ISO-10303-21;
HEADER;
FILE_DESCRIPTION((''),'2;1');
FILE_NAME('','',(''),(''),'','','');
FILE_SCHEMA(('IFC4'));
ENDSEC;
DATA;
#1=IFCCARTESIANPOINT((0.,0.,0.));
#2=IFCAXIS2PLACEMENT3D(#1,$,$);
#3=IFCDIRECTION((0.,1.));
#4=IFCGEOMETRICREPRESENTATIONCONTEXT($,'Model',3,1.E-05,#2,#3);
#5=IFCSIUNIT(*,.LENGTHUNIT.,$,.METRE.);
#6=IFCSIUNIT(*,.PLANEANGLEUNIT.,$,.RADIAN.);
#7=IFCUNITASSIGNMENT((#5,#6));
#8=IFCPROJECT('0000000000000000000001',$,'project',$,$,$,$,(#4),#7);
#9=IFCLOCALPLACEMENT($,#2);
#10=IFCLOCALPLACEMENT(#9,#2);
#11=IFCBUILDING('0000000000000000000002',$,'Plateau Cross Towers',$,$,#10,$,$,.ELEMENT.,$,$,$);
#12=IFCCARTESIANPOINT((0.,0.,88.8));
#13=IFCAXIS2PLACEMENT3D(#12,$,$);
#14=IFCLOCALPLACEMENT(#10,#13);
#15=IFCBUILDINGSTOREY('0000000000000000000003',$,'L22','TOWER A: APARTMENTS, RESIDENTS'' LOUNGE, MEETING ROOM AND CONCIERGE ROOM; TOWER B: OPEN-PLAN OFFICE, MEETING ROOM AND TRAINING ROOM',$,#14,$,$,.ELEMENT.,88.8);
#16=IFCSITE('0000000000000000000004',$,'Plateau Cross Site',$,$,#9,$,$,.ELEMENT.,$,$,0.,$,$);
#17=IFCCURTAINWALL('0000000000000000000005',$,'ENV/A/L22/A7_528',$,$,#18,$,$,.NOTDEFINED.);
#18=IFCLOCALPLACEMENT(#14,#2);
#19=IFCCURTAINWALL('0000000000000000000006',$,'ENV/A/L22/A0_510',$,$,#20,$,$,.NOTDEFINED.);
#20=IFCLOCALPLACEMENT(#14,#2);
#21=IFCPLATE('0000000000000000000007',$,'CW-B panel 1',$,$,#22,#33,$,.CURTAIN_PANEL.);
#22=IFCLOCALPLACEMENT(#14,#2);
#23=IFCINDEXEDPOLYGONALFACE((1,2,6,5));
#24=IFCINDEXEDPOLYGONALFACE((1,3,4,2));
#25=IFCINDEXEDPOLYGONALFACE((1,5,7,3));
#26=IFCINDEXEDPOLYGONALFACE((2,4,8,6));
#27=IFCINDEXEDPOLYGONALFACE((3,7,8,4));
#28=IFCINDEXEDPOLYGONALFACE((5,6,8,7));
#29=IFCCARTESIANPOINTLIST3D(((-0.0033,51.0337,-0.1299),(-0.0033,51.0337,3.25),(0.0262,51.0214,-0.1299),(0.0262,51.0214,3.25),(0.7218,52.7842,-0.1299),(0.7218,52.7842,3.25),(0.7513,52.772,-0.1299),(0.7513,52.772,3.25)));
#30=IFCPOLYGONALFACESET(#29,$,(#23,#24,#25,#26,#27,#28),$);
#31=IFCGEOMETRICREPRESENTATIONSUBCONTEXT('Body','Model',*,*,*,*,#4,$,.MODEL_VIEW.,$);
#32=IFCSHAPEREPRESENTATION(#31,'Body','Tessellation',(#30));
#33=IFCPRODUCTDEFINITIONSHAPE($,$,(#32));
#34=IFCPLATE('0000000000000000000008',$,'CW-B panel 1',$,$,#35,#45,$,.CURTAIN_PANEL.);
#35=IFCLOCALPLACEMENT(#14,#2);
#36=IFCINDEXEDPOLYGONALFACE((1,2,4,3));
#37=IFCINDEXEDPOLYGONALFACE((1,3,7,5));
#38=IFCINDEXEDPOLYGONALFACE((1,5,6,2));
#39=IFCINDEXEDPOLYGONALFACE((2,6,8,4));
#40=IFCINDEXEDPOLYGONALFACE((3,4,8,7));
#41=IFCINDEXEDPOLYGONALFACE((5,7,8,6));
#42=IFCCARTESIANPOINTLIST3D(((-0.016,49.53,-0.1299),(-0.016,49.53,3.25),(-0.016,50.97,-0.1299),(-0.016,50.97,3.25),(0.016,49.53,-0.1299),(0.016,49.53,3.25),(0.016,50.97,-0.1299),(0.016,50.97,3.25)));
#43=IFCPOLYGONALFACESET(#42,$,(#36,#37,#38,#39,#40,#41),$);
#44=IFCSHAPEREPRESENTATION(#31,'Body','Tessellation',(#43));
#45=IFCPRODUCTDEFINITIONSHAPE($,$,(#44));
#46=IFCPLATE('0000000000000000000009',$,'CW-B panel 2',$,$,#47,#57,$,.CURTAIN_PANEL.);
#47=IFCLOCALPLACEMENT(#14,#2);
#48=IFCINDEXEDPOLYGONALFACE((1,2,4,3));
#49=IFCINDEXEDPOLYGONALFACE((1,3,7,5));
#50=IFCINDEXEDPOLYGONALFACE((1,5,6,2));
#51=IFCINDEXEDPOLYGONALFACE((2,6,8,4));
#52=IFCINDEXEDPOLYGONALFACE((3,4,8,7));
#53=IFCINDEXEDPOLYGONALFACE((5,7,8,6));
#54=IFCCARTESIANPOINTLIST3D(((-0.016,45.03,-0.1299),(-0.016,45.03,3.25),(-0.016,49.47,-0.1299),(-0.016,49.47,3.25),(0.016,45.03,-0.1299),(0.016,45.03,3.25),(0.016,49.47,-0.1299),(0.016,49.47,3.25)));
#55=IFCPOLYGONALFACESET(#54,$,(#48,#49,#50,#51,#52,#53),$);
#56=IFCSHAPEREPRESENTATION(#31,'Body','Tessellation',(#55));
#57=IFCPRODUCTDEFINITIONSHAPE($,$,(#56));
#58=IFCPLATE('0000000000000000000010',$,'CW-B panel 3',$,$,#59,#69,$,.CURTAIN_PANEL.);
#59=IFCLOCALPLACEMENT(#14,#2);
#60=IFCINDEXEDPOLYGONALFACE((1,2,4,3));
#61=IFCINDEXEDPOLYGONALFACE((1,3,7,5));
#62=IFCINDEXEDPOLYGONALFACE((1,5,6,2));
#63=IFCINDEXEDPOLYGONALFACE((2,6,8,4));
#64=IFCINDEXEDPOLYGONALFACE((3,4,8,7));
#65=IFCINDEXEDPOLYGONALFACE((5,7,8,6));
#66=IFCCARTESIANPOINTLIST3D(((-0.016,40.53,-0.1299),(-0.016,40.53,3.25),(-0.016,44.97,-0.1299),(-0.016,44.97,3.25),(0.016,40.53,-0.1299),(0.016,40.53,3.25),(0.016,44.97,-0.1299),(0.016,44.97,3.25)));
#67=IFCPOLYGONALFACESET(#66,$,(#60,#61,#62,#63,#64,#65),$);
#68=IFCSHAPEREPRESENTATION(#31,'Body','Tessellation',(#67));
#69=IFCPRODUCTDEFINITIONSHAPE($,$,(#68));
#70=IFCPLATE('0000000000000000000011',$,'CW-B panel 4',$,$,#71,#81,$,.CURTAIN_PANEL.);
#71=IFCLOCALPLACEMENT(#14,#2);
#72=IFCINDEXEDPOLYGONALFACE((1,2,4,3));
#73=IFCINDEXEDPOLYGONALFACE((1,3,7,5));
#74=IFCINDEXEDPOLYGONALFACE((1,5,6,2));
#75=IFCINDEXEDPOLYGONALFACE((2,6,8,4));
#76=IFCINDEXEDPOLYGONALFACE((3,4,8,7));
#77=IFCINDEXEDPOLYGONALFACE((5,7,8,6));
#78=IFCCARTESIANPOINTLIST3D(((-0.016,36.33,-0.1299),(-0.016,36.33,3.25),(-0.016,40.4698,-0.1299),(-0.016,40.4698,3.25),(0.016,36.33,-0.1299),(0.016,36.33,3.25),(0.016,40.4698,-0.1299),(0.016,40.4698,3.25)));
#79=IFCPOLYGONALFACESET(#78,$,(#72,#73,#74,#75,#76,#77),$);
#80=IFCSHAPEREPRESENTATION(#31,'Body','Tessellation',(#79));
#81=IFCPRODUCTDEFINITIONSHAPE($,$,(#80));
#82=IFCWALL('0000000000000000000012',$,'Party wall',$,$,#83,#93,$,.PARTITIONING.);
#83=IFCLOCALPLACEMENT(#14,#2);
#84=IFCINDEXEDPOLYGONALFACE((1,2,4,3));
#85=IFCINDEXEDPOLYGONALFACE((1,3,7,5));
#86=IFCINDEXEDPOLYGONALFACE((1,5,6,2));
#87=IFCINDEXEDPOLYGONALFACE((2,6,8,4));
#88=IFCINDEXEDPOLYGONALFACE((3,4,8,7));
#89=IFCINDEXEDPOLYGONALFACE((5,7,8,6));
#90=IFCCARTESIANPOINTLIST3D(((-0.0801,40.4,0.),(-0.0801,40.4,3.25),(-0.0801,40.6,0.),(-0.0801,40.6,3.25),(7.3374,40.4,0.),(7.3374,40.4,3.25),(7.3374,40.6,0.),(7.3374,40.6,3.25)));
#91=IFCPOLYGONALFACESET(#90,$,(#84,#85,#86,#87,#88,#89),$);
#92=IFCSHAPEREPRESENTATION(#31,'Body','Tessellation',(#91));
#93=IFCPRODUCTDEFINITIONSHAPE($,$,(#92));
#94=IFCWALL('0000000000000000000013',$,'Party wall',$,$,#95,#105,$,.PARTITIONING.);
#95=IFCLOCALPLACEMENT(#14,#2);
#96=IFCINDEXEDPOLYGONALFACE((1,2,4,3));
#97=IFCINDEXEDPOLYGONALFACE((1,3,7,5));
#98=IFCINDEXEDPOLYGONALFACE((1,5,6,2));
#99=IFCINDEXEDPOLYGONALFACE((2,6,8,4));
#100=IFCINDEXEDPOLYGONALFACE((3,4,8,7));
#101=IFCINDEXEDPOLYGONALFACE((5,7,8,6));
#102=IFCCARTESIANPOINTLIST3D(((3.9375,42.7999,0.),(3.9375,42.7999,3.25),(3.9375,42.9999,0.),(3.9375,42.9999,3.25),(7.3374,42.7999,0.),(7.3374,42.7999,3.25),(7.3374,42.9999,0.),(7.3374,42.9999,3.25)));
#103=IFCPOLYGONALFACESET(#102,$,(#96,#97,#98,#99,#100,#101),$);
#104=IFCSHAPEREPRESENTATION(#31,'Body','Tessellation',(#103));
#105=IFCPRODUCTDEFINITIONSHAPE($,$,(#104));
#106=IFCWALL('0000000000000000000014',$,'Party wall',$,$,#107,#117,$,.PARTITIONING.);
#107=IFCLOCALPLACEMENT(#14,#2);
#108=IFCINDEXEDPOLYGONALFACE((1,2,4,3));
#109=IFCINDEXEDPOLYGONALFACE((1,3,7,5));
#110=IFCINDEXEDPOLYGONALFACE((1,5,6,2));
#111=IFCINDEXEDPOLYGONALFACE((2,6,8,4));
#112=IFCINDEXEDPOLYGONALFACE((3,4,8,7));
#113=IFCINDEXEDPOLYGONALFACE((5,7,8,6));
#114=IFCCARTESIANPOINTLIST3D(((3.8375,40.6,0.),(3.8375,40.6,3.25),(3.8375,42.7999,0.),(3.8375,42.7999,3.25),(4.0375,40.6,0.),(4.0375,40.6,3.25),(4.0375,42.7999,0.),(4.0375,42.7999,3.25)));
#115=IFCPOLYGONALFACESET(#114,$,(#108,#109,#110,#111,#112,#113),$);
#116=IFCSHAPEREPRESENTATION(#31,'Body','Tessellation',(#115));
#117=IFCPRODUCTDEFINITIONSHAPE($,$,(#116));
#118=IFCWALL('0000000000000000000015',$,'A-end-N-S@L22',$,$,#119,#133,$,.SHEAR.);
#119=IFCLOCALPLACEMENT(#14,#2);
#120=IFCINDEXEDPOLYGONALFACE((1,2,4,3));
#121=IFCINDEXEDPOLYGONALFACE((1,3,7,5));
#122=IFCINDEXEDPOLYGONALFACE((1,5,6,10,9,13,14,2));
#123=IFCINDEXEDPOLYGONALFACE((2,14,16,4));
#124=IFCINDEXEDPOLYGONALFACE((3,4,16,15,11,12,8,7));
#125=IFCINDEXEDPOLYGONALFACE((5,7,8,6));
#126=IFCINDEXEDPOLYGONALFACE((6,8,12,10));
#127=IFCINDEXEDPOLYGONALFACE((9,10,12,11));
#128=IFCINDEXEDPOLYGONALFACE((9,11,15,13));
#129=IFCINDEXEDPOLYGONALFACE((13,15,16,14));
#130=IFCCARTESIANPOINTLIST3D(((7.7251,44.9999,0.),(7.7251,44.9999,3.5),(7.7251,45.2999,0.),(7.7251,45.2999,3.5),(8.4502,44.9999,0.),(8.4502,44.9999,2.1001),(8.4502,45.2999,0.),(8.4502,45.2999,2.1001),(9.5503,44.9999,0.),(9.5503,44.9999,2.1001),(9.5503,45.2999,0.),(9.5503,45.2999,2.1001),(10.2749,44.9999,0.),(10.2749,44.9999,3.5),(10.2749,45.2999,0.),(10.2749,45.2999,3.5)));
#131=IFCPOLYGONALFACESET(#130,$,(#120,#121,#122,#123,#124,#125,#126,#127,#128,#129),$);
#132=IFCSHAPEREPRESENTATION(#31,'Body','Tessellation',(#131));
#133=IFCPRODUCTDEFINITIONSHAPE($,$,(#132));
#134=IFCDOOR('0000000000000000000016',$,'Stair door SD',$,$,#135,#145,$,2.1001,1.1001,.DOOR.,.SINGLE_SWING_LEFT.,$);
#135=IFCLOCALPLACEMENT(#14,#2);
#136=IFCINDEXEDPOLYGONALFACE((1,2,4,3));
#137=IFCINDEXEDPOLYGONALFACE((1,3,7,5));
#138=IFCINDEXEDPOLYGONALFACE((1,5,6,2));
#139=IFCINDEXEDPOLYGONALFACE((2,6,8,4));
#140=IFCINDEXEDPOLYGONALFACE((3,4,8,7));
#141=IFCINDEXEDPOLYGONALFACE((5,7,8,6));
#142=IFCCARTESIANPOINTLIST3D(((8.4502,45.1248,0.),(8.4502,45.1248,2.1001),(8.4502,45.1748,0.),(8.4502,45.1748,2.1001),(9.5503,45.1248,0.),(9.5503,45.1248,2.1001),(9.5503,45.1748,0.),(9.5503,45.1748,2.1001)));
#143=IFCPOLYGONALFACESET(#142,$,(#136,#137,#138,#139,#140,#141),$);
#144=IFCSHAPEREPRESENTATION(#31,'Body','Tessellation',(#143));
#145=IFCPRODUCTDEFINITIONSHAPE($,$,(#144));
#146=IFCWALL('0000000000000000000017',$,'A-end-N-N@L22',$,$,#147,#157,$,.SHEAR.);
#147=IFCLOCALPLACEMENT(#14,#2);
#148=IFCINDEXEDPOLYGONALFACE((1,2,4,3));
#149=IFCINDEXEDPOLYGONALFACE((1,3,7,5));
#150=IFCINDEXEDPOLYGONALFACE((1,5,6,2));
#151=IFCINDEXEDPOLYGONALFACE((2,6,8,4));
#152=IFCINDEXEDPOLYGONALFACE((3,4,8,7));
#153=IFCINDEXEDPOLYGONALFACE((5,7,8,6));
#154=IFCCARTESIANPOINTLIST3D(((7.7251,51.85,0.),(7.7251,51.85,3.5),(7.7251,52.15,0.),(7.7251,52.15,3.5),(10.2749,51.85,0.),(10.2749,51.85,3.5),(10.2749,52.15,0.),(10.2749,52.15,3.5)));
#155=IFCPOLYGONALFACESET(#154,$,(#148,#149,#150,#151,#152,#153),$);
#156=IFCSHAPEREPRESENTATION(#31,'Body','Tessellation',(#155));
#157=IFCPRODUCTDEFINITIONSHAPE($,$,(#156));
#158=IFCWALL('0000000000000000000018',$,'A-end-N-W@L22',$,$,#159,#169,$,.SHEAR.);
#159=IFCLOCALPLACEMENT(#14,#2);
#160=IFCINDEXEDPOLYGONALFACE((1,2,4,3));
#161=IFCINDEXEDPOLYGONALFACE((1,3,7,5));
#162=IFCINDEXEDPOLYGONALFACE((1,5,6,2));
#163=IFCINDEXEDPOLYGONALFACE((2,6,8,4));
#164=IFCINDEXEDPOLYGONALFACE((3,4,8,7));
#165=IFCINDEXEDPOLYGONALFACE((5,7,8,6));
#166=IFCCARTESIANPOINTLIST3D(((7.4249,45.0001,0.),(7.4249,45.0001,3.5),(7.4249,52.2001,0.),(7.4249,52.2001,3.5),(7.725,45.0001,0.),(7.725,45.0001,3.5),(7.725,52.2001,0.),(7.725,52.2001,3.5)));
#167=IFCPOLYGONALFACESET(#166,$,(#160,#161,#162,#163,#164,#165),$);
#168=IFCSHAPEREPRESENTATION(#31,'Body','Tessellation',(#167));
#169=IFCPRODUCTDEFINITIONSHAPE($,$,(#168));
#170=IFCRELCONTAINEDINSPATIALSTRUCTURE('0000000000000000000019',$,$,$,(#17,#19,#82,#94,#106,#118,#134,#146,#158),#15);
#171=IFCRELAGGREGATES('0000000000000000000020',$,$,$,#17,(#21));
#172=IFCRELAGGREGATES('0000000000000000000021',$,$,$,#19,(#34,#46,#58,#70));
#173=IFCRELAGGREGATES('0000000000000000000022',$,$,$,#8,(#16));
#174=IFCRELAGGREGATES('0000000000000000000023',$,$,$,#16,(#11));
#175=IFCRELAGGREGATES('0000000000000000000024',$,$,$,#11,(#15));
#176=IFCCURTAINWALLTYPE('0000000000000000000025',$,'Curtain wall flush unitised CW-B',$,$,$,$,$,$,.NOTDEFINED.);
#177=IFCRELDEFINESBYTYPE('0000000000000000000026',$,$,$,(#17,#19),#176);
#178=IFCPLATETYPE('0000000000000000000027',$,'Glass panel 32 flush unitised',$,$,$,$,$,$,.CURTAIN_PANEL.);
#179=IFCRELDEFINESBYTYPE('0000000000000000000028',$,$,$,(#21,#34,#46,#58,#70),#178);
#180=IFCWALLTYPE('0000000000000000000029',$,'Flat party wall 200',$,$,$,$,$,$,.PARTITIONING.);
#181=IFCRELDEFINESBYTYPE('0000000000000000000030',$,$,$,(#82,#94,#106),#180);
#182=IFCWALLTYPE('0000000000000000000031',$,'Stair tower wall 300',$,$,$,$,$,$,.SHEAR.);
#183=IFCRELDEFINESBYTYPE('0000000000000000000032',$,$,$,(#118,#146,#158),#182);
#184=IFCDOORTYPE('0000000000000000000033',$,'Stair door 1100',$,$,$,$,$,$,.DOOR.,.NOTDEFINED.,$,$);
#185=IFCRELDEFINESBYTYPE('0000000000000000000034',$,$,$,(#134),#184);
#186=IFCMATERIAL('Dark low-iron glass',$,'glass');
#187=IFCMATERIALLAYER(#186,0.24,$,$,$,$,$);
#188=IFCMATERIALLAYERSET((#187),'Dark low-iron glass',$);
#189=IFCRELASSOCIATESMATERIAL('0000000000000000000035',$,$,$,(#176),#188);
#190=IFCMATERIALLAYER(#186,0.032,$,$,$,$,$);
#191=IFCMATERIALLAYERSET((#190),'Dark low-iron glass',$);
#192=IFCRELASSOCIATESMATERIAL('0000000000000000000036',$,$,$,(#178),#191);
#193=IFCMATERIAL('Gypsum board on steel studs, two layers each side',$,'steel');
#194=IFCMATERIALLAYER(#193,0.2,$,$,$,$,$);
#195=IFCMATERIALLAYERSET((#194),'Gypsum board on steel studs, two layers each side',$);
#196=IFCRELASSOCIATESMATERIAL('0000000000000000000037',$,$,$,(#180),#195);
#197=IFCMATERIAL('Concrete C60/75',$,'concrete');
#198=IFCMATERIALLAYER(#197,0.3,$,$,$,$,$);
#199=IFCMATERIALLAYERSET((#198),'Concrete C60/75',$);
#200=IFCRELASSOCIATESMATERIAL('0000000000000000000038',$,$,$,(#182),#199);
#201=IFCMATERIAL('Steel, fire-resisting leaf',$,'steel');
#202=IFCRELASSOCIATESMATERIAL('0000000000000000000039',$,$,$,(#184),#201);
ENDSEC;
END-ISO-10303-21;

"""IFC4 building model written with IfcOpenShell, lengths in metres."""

from ifc_helpers import new_model, si_unit, direction, frame, frame_2d, origin, origin_2d, place, context, subcontext, project, spatial, rectangle, extrude, material, layer, layer_set, type_object, element, fill, aggregate, save


model = new_model("IFC4")

# Units and contexts
model_context = context("Model", 3, precision=1e-05, world=origin(), true_north=direction((0.0, 1.0)))
body_context = subcontext(model_context, "Body", "Model", "MODEL_VIEW")
ifc_project = project(units=[si_unit("LENGTHUNIT", "METRE"), si_unit("PLANEANGLEUNIT", "RADIAN")], contexts=[model_context])

# Site, building, storey
site_placement = place(None, origin())
site = spatial("IfcSite", under=ifc_project, at=site_placement, Name="Plateau Cross Site", CompositionType="ELEMENT", RefElevation=0.0)
building_placement = place(site_placement, origin())
building = spatial("IfcBuilding", under=site, at=building_placement, Name="Plateau Cross Towers", CompositionType="ELEMENT")
storey_placement = place(building_placement, frame((0.0, 0.0, 88.8)))
storey = spatial("IfcBuildingStorey", under=building, at=storey_placement, Name="L22", Description="TOWER A: APARTMENTS, RESIDENTS' LOUNGE, MEETING ROOM AND CONCIERGE ROOM; TOWER B: OPEN-PLAN OFFICE, MEETING ROOM AND TRAINING ROOM", CompositionType="ELEMENT", Elevation=88.8)

# Shared definitions
ifc_material_1 = material(Name="Concrete C60/75", Category="concrete")

# Shared definitions
ifc_material_2 = material(Name="Dark low-iron glass", Category="glass")
ifc_layer_1 = layer(ifc_material_2, 0.24)
ifc_layer_set_1 = layer_set([ifc_layer_1], Name="Dark low-iron glass")
curtain_wall_type = type_object("IfcCurtainWallType", Name="Curtain wall flush unitised CW-B", PredefinedType="NOTDEFINED", material=ifc_layer_set_1)

# Curtain wall
curtain_wall_1_placement = place(storey_placement, origin())
curtain_wall_1 = element("IfcCurtainWall", 1, at=curtain_wall_1_placement, inside=storey, type_object=curtain_wall_type, Name="ENV/A/L22/A7_528", PredefinedType="NOTDEFINED")

# Curtain wall
curtain_wall_2_placement = place(storey_placement, origin())
curtain_wall_2 = element("IfcCurtainWall", 2, at=curtain_wall_2_placement, inside=storey, type_object=curtain_wall_type, Name="ENV/A/L22/A0_510", PredefinedType="NOTDEFINED")

# Plates
ifc_layer_2 = layer(ifc_material_2, 0.032)
ifc_layer_set_2 = layer_set([ifc_layer_2], Name="Dark low-iron glass")
plate_type = type_object("IfcPlateType", Name="Glass panel 32 flush unitised", PredefinedType="CURTAIN_PANEL", material=ifc_layer_set_2)
plate_1_placement = place(storey_placement, frame((0.374, 51.9028, -0.1299), z_axis=(0.0, 0.0, 1.0), x_axis=(-0.382684, -0.923879, 0.0)))
plate_1 = element("IfcPlate", 3, at=plate_1_placement, type_object=plate_type, Name="CW-B panel 1", PredefinedType="CURTAIN_PANEL", context=body_context, shape_type="SweptSolid", body=[
    extrude(rectangle(XDim=1.8948, YDim=0.032, at=origin_2d()), origin(), (0.0, 0.0, 1.0), 3.3799),
])
aggregate(curtain_wall_1, [plate_1])
plate_2_placement = place(storey_placement, frame((0.0, 50.25, -0.1299), z_axis=(0.0, 0.0, 1.0), x_axis=(0.0, -1.0, 0.0)))
plate_2 = element("IfcPlate", 4, at=plate_2_placement, type_object=plate_type, Name="CW-B panel 1", PredefinedType="CURTAIN_PANEL", context=body_context, shape_type="SweptSolid", body=[
    extrude(rectangle(XDim=1.4399, YDim=0.032, at=origin_2d()), origin(), (0.0, 0.0, 1.0), 3.3799),
])
plate_3_placement = place(storey_placement, frame((0.0, 47.25, -0.1299), z_axis=(0.0, 0.0, 1.0), x_axis=(0.0, -1.0, 0.0)))
plate_3 = element("IfcPlate", 5, at=plate_3_placement, type_object=plate_type, Name="CW-B panel 2", PredefinedType="CURTAIN_PANEL", context=body_context, shape_type="SweptSolid", body=[
    extrude(rectangle(XDim=4.4399, YDim=0.032, at=origin_2d()), origin(), (0.0, 0.0, 1.0), 3.3799),
])
plate_4_placement = place(storey_placement, frame((0.0, 42.75, -0.1299), z_axis=(0.0, 0.0, 1.0), x_axis=(0.0, -1.0, 0.0)))
plate_4 = element("IfcPlate", 6, at=plate_4_placement, type_object=plate_type, Name="CW-B panel 3", PredefinedType="CURTAIN_PANEL", context=body_context, shape_type="SweptSolid", body=[
    extrude(rectangle(XDim=4.4399, YDim=0.032, at=origin_2d()), origin(), (0.0, 0.0, 1.0), 3.3799),
])
plate_5_placement = place(storey_placement, frame((0.0, 38.3999, -0.1299), z_axis=(0.0, 0.0, 1.0), x_axis=(0.0, -1.0, 0.0)))
plate_5 = element("IfcPlate", 7, at=plate_5_placement, type_object=plate_type, Name="CW-B panel 4", PredefinedType="CURTAIN_PANEL", context=body_context, shape_type="SweptSolid", body=[
    extrude(rectangle(XDim=4.1399, YDim=0.032, at=origin_2d()), origin(), (0.0, 0.0, 1.0), 3.3799),
])
aggregate(curtain_wall_2, [plate_2, plate_3, plate_4, plate_5])

# Walls
ifc_material_3 = material(Name="Gypsum board on steel studs, two layers each side", Category="steel")
ifc_layer_3 = layer(ifc_material_3, 0.2)
ifc_layer_set_3 = layer_set([ifc_layer_3], Name="Gypsum board on steel studs, two layers each side")
wall_type_1 = type_object("IfcWallType", Name="Flat party wall 200", PredefinedType="PARTITIONING", material=ifc_layer_set_3)
wall_1_placement = place(storey_placement, frame((7.3374, 40.5, 0.0), z_axis=(0.0, 0.0, 1.0), x_axis=(-1.0, 0.0, 0.0)))
element("IfcWall", 8, at=wall_1_placement, inside=storey, type_object=wall_type_1, Name="Party wall", PredefinedType="PARTITIONING", context=body_context, shape_type="SweptSolid", body=[
    extrude(rectangle(XDim=7.4175, YDim=0.2, at=frame_2d((3.7087, 0.0))), origin(), (0.0, 0.0, 1.0), 3.25),
])
wall_2_placement = place(storey_placement, frame((7.3374, 42.8999, 0.0), z_axis=(0.0, 0.0, 1.0), x_axis=(-1.0, 0.0, 0.0)))
element("IfcWall", 9, at=wall_2_placement, inside=storey, type_object=wall_type_1, Name="Party wall", PredefinedType="PARTITIONING", context=body_context, shape_type="SweptSolid", body=[
    extrude(rectangle(XDim=3.3999, YDim=0.2, at=frame_2d((1.7, 0.0))), origin(), (0.0, 0.0, 1.0), 3.25),
])
wall_3_placement = place(storey_placement, frame((3.9375, 42.8, 0.0), z_axis=(0.0, 0.0, 1.0), x_axis=(0.0, -1.0, 0.0)))
element("IfcWall", 10, at=wall_3_placement, inside=storey, type_object=wall_type_1, Name="Party wall", PredefinedType="PARTITIONING", context=body_context, shape_type="SweptSolid", body=[
    extrude(rectangle(XDim=2.2, YDim=0.2, at=frame_2d((1.1001, 0.0))), origin(), (0.0, 0.0, 1.0), 3.25),
])

# Wall, opening, door
ifc_layer_4 = layer(ifc_material_1, 0.3)
ifc_layer_set_4 = layer_set([ifc_layer_4], Name="Concrete C60/75")
wall_type_2 = type_object("IfcWallType", Name="Stair tower wall 300", PredefinedType="SHEAR", material=ifc_layer_set_4)
wall_4_placement = place(storey_placement, frame((7.7251, 45.1499, 0.0), z_axis=(0.0, 0.0, 1.0), x_axis=(1.0, 0.0, 0.0)))
wall_4 = element("IfcWall", 11, at=wall_4_placement, inside=storey, type_object=wall_type_2, Name="A-end-N-S@L22", PredefinedType="SHEAR", context=body_context, shape_type="SweptSolid", body=[
    extrude(rectangle(XDim=2.5498, YDim=0.3, at=frame_2d((1.2749, 0.0))), origin(), (0.0, 0.0, 1.0), 3.5),
])
opening_placement = place(wall_4_placement, frame((0.7251, 0.0, 0.0)))
opening = element("IfcOpeningElement", 12, at=opening_placement, cuts=wall_4, PredefinedType="OPENING", context=body_context, shape_type="SweptSolid", body=[
    extrude(rectangle(XDim=1.1001, YDim=2.1001, at=frame_2d((0.55, 1.05))), frame((0.0, 0.1599, 0.0), z_axis=(0.0, -1.0, 0.0), x_axis=(1.0, 0.0, 0.0)), (0.0, 0.0, 1.0), 0.3201),
])
ifc_material_4 = material(Name="Steel, fire-resisting leaf", Category="steel")
door_type = type_object("IfcDoorType", Name="Stair door 1100", OperationType="NOTDEFINED", PredefinedType="DOOR", material=ifc_material_4)
door_placement = place(opening_placement, origin())
door = element("IfcDoor", 13, at=door_placement, inside=storey, type_object=door_type, Name="Stair door SD", OperationType="SINGLE_SWING_LEFT", OverallHeight=2.1001, OverallWidth=1.1001, PredefinedType="DOOR", context=body_context, shape_type="SweptSolid", body=[
    extrude(rectangle(XDim=1.1001, YDim=2.1001, at=frame_2d((0.55, 1.05))), frame((0.0, 0.0249, 0.0), z_axis=(0.0, -1.0, 0.0), x_axis=(1.0, 0.0, 0.0)), (0.0, 0.0, 1.0), 0.05),
])
fill(opening, door)

# Walls
wall_5_placement = place(storey_placement, frame((7.7251, 52.0, 0.0), z_axis=(0.0, 0.0, 1.0), x_axis=(1.0, 0.0, 0.0)))
element("IfcWall", 14, at=wall_5_placement, inside=storey, type_object=wall_type_2, Name="A-end-N-N@L22", PredefinedType="SHEAR", context=body_context, shape_type="SweptSolid", body=[
    extrude(rectangle(XDim=2.5498, YDim=0.3, at=frame_2d((1.2749, 0.0))), origin(), (0.0, 0.0, 1.0), 3.5),
])
wall_6_placement = place(storey_placement, frame((7.575, 45.0, 0.0), z_axis=(0.0, 0.0, 1.0), x_axis=(0.0, 1.0, 0.0)))
element("IfcWall", 15, at=wall_6_placement, inside=storey, type_object=wall_type_2, Name="A-end-N-W@L22", PredefinedType="SHEAR", context=body_context, shape_type="SweptSolid", body=[
    extrude(rectangle(XDim=7.2, YDim=0.3, at=frame_2d((3.6001, 0.0))), origin(), (0.0, 0.0, 1.0), 3.5),
])

save(model, "model.ifc")
